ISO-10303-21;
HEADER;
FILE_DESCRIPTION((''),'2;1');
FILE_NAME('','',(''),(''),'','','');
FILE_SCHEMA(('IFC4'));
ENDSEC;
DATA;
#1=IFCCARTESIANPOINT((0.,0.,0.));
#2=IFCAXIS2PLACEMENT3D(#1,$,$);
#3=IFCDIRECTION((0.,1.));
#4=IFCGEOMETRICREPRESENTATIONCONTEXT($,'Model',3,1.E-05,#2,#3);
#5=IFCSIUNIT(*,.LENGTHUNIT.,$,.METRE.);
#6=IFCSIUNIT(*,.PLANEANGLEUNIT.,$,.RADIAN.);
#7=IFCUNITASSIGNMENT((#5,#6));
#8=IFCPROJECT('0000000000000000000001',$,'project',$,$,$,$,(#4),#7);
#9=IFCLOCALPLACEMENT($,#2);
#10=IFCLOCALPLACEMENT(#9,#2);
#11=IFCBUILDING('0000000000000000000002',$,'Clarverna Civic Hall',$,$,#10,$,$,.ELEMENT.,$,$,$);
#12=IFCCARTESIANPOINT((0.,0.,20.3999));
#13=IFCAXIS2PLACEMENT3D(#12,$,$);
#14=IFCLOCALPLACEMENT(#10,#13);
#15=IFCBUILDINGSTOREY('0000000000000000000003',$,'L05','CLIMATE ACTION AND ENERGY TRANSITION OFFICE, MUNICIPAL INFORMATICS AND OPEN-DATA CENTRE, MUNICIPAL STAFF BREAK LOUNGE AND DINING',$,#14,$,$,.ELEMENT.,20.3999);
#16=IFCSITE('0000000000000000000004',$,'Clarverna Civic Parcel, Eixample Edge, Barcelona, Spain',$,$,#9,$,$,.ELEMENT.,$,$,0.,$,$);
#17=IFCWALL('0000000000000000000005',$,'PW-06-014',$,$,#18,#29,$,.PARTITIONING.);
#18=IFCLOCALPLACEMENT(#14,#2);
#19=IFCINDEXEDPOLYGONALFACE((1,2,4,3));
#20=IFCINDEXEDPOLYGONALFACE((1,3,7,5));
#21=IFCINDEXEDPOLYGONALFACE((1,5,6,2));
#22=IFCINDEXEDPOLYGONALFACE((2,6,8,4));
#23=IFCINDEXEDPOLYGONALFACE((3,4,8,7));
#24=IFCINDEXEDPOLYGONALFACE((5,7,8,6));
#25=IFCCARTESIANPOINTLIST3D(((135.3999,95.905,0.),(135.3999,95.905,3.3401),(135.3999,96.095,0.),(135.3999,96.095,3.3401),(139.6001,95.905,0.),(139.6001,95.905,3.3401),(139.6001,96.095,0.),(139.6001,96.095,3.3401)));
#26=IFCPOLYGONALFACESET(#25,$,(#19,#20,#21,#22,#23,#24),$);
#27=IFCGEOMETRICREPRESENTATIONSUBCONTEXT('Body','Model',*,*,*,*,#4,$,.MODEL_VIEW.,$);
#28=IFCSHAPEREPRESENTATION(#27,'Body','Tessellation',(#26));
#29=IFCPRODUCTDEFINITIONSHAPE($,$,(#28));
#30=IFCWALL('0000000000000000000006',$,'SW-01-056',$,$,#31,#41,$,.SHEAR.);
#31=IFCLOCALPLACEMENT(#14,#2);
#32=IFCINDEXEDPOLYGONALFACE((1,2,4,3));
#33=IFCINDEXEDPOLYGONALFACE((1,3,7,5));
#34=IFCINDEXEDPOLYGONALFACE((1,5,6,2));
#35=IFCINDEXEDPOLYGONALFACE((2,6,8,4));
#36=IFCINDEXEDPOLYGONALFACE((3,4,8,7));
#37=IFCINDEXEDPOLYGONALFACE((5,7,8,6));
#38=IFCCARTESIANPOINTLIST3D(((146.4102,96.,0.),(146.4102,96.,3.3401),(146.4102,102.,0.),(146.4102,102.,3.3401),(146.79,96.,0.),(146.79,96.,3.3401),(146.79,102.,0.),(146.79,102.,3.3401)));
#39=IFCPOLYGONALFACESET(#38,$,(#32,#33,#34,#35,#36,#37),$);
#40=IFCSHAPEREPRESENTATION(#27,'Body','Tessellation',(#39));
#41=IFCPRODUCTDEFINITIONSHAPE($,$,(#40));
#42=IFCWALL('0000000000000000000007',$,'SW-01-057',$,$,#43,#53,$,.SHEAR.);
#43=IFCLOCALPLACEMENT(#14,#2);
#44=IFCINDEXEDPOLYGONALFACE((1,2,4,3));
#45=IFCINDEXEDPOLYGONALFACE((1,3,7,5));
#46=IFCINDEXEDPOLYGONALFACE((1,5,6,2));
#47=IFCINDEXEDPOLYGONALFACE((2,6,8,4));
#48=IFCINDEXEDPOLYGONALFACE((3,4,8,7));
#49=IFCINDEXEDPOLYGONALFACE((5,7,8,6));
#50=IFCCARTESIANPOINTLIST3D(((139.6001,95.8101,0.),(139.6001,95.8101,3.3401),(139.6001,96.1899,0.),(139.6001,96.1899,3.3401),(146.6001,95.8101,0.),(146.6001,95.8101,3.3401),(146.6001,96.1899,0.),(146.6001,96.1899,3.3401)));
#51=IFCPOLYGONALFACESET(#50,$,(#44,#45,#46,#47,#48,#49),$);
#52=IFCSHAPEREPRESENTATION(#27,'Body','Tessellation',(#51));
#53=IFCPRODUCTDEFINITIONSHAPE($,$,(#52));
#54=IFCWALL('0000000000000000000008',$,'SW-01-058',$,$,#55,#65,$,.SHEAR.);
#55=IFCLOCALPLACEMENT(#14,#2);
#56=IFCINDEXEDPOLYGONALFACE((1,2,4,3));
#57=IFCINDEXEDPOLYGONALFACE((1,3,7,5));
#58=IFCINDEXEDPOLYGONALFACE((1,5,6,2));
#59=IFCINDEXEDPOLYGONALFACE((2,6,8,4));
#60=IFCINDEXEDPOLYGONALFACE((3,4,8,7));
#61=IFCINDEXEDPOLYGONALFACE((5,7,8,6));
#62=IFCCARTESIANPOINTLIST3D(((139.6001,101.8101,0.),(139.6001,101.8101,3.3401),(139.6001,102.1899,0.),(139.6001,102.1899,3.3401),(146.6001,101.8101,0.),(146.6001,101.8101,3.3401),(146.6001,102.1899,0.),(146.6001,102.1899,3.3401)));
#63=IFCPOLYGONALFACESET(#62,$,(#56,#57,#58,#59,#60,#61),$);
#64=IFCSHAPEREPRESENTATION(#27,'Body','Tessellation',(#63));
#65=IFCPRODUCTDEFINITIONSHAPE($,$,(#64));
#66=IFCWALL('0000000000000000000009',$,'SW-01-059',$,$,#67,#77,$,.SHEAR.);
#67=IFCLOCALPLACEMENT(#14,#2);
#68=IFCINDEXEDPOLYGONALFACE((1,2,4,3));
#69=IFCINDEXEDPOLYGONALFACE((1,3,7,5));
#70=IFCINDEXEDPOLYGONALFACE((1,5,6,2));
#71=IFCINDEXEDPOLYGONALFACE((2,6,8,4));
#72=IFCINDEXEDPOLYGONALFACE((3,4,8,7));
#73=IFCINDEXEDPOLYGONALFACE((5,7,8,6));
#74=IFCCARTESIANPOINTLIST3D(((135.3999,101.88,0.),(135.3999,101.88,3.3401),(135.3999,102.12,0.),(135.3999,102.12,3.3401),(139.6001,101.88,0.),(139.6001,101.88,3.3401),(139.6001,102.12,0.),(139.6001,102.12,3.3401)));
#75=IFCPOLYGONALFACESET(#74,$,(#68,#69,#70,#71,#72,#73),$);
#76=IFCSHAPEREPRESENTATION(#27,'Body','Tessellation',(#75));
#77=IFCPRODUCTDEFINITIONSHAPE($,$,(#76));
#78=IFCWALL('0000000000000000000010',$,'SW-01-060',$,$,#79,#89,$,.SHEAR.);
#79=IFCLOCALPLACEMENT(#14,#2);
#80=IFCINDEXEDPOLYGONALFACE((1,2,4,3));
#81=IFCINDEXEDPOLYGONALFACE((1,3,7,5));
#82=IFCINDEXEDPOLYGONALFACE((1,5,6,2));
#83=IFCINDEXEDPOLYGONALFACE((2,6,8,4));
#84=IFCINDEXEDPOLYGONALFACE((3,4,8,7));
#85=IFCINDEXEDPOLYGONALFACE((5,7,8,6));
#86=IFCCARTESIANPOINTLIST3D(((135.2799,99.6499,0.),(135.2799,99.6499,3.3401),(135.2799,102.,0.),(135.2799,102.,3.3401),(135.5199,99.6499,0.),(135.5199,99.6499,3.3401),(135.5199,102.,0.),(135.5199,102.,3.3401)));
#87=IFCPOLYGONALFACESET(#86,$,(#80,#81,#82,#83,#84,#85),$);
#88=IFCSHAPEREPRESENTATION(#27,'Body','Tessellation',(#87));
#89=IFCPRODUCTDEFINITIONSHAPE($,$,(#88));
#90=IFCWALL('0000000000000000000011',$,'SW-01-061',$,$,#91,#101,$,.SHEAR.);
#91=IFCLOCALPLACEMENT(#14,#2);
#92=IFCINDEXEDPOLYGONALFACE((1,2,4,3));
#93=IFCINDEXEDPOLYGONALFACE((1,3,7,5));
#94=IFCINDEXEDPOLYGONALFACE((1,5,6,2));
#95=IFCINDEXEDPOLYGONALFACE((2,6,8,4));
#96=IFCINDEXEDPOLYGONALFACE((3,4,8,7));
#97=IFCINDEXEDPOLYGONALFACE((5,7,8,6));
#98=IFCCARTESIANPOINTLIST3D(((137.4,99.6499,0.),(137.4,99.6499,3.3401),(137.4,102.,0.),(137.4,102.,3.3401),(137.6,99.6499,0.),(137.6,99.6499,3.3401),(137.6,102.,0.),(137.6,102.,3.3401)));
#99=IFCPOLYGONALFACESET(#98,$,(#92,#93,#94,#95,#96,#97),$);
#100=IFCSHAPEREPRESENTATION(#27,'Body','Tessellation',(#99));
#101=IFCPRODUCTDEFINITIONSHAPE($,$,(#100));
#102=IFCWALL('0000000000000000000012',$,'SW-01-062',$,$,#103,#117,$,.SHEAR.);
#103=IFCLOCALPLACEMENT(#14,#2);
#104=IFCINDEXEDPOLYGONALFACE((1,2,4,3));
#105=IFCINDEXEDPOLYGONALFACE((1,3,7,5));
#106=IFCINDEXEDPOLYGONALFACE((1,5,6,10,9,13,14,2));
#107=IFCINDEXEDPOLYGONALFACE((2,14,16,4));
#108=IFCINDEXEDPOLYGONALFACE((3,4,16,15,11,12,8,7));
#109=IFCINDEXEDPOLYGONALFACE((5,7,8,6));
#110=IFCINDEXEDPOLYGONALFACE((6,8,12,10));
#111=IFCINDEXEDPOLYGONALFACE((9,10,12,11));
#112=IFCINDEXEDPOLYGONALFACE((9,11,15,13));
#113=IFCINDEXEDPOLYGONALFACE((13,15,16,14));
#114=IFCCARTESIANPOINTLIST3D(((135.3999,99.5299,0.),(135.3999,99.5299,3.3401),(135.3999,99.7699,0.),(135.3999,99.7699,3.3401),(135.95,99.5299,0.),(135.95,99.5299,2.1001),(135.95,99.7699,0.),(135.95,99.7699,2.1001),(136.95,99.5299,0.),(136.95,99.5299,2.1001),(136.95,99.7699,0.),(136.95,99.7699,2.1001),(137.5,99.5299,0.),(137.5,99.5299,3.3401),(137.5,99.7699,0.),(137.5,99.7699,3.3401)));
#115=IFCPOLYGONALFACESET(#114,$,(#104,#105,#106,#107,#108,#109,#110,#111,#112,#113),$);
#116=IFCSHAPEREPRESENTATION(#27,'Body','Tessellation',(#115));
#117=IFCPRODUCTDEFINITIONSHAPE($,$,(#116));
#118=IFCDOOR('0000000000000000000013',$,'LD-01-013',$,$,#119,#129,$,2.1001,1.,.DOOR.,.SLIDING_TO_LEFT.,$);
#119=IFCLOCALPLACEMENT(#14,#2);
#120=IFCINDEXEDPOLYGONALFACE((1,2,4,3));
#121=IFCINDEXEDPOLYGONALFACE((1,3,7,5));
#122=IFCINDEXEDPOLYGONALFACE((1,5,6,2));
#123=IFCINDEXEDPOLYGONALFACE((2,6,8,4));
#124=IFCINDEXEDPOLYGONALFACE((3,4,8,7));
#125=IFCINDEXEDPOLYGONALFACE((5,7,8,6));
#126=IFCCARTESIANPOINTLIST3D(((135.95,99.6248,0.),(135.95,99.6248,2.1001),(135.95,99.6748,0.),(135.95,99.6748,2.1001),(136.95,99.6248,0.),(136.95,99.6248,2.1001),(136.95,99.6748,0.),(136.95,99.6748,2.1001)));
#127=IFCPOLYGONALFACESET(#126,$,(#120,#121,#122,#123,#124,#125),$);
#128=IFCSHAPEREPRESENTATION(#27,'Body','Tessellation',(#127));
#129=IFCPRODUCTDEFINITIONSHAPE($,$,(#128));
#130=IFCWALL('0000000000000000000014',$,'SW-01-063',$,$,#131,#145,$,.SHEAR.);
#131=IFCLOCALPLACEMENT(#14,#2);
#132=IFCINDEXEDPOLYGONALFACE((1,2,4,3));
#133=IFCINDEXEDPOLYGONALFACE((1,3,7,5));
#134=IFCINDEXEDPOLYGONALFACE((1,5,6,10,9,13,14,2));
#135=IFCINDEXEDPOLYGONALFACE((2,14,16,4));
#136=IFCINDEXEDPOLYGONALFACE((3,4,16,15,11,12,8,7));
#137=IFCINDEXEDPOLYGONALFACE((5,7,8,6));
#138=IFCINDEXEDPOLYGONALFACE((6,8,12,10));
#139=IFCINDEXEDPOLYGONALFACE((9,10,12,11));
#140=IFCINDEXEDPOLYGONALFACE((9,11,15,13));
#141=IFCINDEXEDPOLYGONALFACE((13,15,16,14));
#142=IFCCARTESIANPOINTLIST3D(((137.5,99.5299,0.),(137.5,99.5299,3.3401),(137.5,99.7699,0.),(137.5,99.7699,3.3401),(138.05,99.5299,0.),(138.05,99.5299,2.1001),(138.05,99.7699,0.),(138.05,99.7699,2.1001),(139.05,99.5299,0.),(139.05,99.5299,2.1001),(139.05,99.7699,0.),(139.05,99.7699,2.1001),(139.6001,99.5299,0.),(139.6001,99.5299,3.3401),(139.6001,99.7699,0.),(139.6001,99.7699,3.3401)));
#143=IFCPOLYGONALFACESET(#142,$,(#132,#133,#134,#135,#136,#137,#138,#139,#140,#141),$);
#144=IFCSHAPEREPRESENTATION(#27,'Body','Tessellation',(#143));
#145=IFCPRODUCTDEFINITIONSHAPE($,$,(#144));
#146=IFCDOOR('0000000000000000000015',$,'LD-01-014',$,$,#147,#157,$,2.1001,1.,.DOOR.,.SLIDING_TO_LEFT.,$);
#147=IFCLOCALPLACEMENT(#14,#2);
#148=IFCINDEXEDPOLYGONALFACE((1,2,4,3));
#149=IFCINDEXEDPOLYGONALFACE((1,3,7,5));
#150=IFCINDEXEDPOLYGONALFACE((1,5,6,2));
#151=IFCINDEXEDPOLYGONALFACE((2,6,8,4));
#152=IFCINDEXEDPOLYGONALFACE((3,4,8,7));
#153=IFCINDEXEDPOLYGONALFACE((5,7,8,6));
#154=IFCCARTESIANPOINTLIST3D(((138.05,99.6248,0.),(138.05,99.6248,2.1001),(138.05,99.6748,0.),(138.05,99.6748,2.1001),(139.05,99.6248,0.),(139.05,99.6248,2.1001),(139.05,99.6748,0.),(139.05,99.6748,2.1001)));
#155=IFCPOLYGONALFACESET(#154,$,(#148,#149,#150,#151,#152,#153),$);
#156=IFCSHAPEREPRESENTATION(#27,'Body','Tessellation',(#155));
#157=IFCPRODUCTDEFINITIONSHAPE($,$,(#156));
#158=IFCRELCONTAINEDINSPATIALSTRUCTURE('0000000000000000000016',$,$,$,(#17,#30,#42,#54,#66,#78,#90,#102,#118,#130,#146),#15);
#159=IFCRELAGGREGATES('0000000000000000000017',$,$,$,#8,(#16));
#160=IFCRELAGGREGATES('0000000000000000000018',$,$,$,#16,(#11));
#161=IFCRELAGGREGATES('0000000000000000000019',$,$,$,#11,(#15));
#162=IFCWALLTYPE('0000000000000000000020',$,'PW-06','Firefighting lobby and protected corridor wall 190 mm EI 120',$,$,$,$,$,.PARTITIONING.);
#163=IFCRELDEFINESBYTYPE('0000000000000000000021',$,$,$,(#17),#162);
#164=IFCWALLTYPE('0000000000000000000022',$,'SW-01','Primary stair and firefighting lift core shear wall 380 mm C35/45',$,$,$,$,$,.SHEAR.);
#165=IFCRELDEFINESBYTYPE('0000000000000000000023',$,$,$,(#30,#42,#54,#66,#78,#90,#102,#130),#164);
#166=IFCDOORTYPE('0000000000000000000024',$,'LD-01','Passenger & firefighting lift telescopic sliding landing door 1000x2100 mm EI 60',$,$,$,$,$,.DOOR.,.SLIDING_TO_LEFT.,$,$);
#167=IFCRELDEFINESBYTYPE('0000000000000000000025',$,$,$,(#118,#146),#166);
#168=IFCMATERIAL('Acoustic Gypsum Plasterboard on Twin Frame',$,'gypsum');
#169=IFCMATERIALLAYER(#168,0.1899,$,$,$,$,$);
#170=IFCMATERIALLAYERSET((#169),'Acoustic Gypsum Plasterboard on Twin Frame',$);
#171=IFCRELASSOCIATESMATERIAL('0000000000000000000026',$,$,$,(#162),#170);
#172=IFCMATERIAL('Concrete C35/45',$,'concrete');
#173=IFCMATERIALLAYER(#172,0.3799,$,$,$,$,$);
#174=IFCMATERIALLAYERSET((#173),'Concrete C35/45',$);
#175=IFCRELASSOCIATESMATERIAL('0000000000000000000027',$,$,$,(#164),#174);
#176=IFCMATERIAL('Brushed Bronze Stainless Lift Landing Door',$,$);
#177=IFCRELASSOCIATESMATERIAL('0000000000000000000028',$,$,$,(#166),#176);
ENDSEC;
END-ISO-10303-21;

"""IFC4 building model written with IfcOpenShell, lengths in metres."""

from ifc_helpers import new_model, si_unit, direction, frame, frame_2d, origin, place, context, subcontext, project, spatial, rectangle, extrude, material, layer, layer_set, type_object, element, fill, save


model = new_model("IFC4")

# Units and contexts
model_context = context("Model", 3, precision=1e-05, world=origin(), true_north=direction((0.0, 1.0)))
body_context = subcontext(model_context, "Body", "Model", "MODEL_VIEW")
ifc_project = project(units=[si_unit("LENGTHUNIT", "METRE"), si_unit("PLANEANGLEUNIT", "RADIAN")], contexts=[model_context])

# Site, building, storey
site_placement = place(None, origin())
site = spatial("IfcSite", under=ifc_project, at=site_placement, Name="Clarverna Civic Parcel, Eixample Edge, Barcelona, Spain", CompositionType="ELEMENT", RefElevation=0.0)
building_placement = place(site_placement, origin())
building = spatial("IfcBuilding", under=site, at=building_placement, Name="Clarverna Civic Hall", CompositionType="ELEMENT")
storey_placement = place(building_placement, frame((0.0, 0.0, 20.3999)))
storey = spatial("IfcBuildingStorey", under=building, at=storey_placement, Name="L05", Description="CLIMATE ACTION AND ENERGY TRANSITION OFFICE, MUNICIPAL INFORMATICS AND OPEN-DATA CENTRE, MUNICIPAL STAFF BREAK LOUNGE AND DINING", CompositionType="ELEMENT", Elevation=20.3999)

# Wall
ifc_material_1 = material(Name="Acoustic Gypsum Plasterboard on Twin Frame", Category="gypsum")
ifc_layer_1 = layer(ifc_material_1, 0.1899)
ifc_layer_set_1 = layer_set([ifc_layer_1], Name="Acoustic Gypsum Plasterboard on Twin Frame")
wall_type_1 = type_object("IfcWallType", Name="PW-06", Description="Firefighting lobby and protected corridor wall 190 mm EI 120", PredefinedType="PARTITIONING", material=ifc_layer_set_1)
wall_1_placement = place(storey_placement, frame((135.3999, 96.0, 0.0), z_axis=(0.0, 0.0, 1.0), x_axis=(1.0, 0.0, 0.0)))
element("IfcWall", 1, at=wall_1_placement, inside=storey, type_object=wall_type_1, Name="PW-06-014", PredefinedType="PARTITIONING", context=body_context, shape_type="SweptSolid", body=[
    extrude(rectangle(XDim=4.2002, YDim=0.1899, at=frame_2d((2.1001, 0.0))), origin(), (0.0, 0.0, 1.0), 3.3401),
])

# Shared definitions
ifc_material_2 = material(Name="Concrete C35/45", Category="concrete")
ifc_layer_2 = layer(ifc_material_2, 0.3799)
ifc_layer_set_2 = layer_set([ifc_layer_2], Name="Concrete C35/45")
wall_type_2 = type_object("IfcWallType", Name="SW-01", Description="Primary stair and firefighting lift core shear wall 380 mm C35/45", PredefinedType="SHEAR", material=ifc_layer_set_2)

# Walls
wall_2_placement = place(storey_placement, frame((146.6001, 96.0, 0.0), z_axis=(0.0, 0.0, 1.0), x_axis=(0.0, 1.0, 0.0)))
element("IfcWall", 2, at=wall_2_placement, inside=storey, type_object=wall_type_2, Name="SW-01-056", PredefinedType="SHEAR", context=body_context, shape_type="SweptSolid", body=[
    extrude(rectangle(XDim=6.0, YDim=0.3799, at=frame_2d((3.0, 0.0))), origin(), (0.0, 0.0, 1.0), 3.3401),
])
for number, where, z_axis, x_axis, name in (
    (3, (139.6001, 96.0, 0.0), (0.0, 0.0, 1.0), (1.0, 0.0, 0.0), "SW-01-057"),
    (4, (139.6001, 102.0, 0.0), (0.0, 0.0, 1.0), (1.0, 0.0, 0.0), "SW-01-058"),
):
    element("IfcWall", number, at=place(storey_placement, frame(where, z_axis=z_axis, x_axis=x_axis)), inside=storey, type_object=wall_type_2, Name=name, PredefinedType="SHEAR", context=body_context, shape_type="SweptSolid", body=[
        extrude(rectangle(XDim=7.0, YDim=0.3799, at=frame_2d((3.5, 0.0))), origin(), (0.0, 0.0, 1.0), 3.3401),
    ])
wall_3_placement = place(storey_placement, frame((135.3999, 102.0, 0.0), z_axis=(0.0, 0.0, 1.0), x_axis=(1.0, 0.0, 0.0)))
element("IfcWall", 5, at=wall_3_placement, inside=storey, type_object=wall_type_2, Name="SW-01-059", PredefinedType="SHEAR", context=body_context, shape_type="SweptSolid", body=[
    extrude(rectangle(XDim=4.2002, YDim=0.24, at=frame_2d((2.1001, 0.0))), origin(), (0.0, 0.0, 1.0), 3.3401),
])
wall_4_placement = place(storey_placement, frame((135.3999, 99.6499, 0.0), z_axis=(0.0, 0.0, 1.0), x_axis=(0.0, 1.0, 0.0)))
element("IfcWall", 6, at=wall_4_placement, inside=storey, type_object=wall_type_2, Name="SW-01-060", PredefinedType="SHEAR", context=body_context, shape_type="SweptSolid", body=[
    extrude(rectangle(XDim=2.3501, YDim=0.24, at=frame_2d((1.175, 0.0))), origin(), (0.0, 0.0, 1.0), 3.3401),
])
wall_5_placement = place(storey_placement, frame((137.5, 99.6499, 0.0), z_axis=(0.0, 0.0, 1.0), x_axis=(0.0, 1.0, 0.0)))
element("IfcWall", 7, at=wall_5_placement, inside=storey, type_object=wall_type_2, Name="SW-01-061", PredefinedType="SHEAR", context=body_context, shape_type="SweptSolid", body=[
    extrude(rectangle(XDim=2.3501, YDim=0.2, at=frame_2d((1.175, 0.0))), origin(), (0.0, 0.0, 1.0), 3.3401),
])

# Walls, openings, doors
wall_6_placement = place(storey_placement, frame((135.3999, 99.6499, 0.0), z_axis=(0.0, 0.0, 1.0), x_axis=(1.0, 0.0, 0.0)))
wall_6 = element("IfcWall", 8, at=wall_6_placement, inside=storey, type_object=wall_type_2, Name="SW-01-062", PredefinedType="SHEAR", context=body_context, shape_type="SweptSolid", body=[
    extrude(rectangle(XDim=2.1001, YDim=0.24, at=frame_2d((1.05, 0.0))), origin(), (0.0, 0.0, 1.0), 3.3401),
])
opening_1_placement = place(wall_6_placement, frame((0.55, 0.0, 0.0)))
opening_1 = element("IfcOpeningElement", 9, at=opening_1_placement, cuts=wall_6, PredefinedType="OPENING", context=body_context, shape_type="SweptSolid", body=[
    extrude(rectangle(XDim=1.0, YDim=2.1001, at=frame_2d((0.5, 1.05))), frame((0.0, 0.1299, 0.0), z_axis=(0.0, -1.0, 0.0), x_axis=(1.0, 0.0, 0.0)), (0.0, 0.0, 1.0), 0.26),
])
ifc_material_3 = material(Name="Brushed Bronze Stainless Lift Landing Door")
door_type_1 = type_object("IfcDoorType", Name="LD-01", Description="Passenger & firefighting lift telescopic sliding landing door 1000x2100 mm EI 60", OperationType="SLIDING_TO_LEFT", PredefinedType="DOOR", material=ifc_material_3)
door_1_placement = place(opening_1_placement, origin())
door_1 = element("IfcDoor", 10, at=door_1_placement, inside=storey, type_object=door_type_1, Name="LD-01-013", OperationType="SLIDING_TO_LEFT", OverallHeight=2.1001, OverallWidth=1.0, PredefinedType="DOOR", context=body_context, shape_type="SweptSolid", body=[
    extrude(rectangle(XDim=1.0, YDim=2.1001, at=frame_2d((0.5, 1.05))), frame((0.0, 0.0249, 0.0), z_axis=(0.0, -1.0, 0.0), x_axis=(1.0, 0.0, 0.0)), (0.0, 0.0, 1.0), 0.05),
])
fill(opening_1, door_1)
wall_7_placement = place(storey_placement, frame((137.5, 99.6499, 0.0), z_axis=(0.0, 0.0, 1.0), x_axis=(1.0, 0.0, 0.0)))
wall_7 = element("IfcWall", 11, at=wall_7_placement, inside=storey, type_object=wall_type_2, Name="SW-01-063", PredefinedType="SHEAR", context=body_context, shape_type="SweptSolid", body=[
    extrude(rectangle(XDim=2.1001, YDim=0.24, at=frame_2d((1.05, 0.0))), origin(), (0.0, 0.0, 1.0), 3.3401),
])
opening_2_placement = place(wall_7_placement, frame((0.55, 0.0, 0.0)))
opening_2 = element("IfcOpeningElement", 12, at=opening_2_placement, cuts=wall_7, PredefinedType="OPENING", context=body_context, shape_type="SweptSolid", body=[
    extrude(rectangle(XDim=1.0, YDim=2.1001, at=frame_2d((0.5, 1.05))), frame((0.0, 0.1299, 0.0), z_axis=(0.0, -1.0, 0.0), x_axis=(1.0, 0.0, 0.0)), (0.0, 0.0, 1.0), 0.26),
])
door_2_placement = place(opening_2_placement, origin())
door_2 = element("IfcDoor", 13, at=door_2_placement, inside=storey, type_object=door_type_1, Name="LD-01-014", OperationType="SLIDING_TO_LEFT", OverallHeight=2.1001, OverallWidth=1.0, PredefinedType="DOOR", context=body_context, shape_type="SweptSolid", body=[
    extrude(rectangle(XDim=1.0, YDim=2.1001, at=frame_2d((0.5, 1.05))), frame((0.0, 0.0249, 0.0), z_axis=(0.0, -1.0, 0.0), x_axis=(1.0, 0.0, 0.0)), (0.0, 0.0, 1.0), 0.05),
])
fill(opening_2, door_2)

save(model, "model.ifc")
